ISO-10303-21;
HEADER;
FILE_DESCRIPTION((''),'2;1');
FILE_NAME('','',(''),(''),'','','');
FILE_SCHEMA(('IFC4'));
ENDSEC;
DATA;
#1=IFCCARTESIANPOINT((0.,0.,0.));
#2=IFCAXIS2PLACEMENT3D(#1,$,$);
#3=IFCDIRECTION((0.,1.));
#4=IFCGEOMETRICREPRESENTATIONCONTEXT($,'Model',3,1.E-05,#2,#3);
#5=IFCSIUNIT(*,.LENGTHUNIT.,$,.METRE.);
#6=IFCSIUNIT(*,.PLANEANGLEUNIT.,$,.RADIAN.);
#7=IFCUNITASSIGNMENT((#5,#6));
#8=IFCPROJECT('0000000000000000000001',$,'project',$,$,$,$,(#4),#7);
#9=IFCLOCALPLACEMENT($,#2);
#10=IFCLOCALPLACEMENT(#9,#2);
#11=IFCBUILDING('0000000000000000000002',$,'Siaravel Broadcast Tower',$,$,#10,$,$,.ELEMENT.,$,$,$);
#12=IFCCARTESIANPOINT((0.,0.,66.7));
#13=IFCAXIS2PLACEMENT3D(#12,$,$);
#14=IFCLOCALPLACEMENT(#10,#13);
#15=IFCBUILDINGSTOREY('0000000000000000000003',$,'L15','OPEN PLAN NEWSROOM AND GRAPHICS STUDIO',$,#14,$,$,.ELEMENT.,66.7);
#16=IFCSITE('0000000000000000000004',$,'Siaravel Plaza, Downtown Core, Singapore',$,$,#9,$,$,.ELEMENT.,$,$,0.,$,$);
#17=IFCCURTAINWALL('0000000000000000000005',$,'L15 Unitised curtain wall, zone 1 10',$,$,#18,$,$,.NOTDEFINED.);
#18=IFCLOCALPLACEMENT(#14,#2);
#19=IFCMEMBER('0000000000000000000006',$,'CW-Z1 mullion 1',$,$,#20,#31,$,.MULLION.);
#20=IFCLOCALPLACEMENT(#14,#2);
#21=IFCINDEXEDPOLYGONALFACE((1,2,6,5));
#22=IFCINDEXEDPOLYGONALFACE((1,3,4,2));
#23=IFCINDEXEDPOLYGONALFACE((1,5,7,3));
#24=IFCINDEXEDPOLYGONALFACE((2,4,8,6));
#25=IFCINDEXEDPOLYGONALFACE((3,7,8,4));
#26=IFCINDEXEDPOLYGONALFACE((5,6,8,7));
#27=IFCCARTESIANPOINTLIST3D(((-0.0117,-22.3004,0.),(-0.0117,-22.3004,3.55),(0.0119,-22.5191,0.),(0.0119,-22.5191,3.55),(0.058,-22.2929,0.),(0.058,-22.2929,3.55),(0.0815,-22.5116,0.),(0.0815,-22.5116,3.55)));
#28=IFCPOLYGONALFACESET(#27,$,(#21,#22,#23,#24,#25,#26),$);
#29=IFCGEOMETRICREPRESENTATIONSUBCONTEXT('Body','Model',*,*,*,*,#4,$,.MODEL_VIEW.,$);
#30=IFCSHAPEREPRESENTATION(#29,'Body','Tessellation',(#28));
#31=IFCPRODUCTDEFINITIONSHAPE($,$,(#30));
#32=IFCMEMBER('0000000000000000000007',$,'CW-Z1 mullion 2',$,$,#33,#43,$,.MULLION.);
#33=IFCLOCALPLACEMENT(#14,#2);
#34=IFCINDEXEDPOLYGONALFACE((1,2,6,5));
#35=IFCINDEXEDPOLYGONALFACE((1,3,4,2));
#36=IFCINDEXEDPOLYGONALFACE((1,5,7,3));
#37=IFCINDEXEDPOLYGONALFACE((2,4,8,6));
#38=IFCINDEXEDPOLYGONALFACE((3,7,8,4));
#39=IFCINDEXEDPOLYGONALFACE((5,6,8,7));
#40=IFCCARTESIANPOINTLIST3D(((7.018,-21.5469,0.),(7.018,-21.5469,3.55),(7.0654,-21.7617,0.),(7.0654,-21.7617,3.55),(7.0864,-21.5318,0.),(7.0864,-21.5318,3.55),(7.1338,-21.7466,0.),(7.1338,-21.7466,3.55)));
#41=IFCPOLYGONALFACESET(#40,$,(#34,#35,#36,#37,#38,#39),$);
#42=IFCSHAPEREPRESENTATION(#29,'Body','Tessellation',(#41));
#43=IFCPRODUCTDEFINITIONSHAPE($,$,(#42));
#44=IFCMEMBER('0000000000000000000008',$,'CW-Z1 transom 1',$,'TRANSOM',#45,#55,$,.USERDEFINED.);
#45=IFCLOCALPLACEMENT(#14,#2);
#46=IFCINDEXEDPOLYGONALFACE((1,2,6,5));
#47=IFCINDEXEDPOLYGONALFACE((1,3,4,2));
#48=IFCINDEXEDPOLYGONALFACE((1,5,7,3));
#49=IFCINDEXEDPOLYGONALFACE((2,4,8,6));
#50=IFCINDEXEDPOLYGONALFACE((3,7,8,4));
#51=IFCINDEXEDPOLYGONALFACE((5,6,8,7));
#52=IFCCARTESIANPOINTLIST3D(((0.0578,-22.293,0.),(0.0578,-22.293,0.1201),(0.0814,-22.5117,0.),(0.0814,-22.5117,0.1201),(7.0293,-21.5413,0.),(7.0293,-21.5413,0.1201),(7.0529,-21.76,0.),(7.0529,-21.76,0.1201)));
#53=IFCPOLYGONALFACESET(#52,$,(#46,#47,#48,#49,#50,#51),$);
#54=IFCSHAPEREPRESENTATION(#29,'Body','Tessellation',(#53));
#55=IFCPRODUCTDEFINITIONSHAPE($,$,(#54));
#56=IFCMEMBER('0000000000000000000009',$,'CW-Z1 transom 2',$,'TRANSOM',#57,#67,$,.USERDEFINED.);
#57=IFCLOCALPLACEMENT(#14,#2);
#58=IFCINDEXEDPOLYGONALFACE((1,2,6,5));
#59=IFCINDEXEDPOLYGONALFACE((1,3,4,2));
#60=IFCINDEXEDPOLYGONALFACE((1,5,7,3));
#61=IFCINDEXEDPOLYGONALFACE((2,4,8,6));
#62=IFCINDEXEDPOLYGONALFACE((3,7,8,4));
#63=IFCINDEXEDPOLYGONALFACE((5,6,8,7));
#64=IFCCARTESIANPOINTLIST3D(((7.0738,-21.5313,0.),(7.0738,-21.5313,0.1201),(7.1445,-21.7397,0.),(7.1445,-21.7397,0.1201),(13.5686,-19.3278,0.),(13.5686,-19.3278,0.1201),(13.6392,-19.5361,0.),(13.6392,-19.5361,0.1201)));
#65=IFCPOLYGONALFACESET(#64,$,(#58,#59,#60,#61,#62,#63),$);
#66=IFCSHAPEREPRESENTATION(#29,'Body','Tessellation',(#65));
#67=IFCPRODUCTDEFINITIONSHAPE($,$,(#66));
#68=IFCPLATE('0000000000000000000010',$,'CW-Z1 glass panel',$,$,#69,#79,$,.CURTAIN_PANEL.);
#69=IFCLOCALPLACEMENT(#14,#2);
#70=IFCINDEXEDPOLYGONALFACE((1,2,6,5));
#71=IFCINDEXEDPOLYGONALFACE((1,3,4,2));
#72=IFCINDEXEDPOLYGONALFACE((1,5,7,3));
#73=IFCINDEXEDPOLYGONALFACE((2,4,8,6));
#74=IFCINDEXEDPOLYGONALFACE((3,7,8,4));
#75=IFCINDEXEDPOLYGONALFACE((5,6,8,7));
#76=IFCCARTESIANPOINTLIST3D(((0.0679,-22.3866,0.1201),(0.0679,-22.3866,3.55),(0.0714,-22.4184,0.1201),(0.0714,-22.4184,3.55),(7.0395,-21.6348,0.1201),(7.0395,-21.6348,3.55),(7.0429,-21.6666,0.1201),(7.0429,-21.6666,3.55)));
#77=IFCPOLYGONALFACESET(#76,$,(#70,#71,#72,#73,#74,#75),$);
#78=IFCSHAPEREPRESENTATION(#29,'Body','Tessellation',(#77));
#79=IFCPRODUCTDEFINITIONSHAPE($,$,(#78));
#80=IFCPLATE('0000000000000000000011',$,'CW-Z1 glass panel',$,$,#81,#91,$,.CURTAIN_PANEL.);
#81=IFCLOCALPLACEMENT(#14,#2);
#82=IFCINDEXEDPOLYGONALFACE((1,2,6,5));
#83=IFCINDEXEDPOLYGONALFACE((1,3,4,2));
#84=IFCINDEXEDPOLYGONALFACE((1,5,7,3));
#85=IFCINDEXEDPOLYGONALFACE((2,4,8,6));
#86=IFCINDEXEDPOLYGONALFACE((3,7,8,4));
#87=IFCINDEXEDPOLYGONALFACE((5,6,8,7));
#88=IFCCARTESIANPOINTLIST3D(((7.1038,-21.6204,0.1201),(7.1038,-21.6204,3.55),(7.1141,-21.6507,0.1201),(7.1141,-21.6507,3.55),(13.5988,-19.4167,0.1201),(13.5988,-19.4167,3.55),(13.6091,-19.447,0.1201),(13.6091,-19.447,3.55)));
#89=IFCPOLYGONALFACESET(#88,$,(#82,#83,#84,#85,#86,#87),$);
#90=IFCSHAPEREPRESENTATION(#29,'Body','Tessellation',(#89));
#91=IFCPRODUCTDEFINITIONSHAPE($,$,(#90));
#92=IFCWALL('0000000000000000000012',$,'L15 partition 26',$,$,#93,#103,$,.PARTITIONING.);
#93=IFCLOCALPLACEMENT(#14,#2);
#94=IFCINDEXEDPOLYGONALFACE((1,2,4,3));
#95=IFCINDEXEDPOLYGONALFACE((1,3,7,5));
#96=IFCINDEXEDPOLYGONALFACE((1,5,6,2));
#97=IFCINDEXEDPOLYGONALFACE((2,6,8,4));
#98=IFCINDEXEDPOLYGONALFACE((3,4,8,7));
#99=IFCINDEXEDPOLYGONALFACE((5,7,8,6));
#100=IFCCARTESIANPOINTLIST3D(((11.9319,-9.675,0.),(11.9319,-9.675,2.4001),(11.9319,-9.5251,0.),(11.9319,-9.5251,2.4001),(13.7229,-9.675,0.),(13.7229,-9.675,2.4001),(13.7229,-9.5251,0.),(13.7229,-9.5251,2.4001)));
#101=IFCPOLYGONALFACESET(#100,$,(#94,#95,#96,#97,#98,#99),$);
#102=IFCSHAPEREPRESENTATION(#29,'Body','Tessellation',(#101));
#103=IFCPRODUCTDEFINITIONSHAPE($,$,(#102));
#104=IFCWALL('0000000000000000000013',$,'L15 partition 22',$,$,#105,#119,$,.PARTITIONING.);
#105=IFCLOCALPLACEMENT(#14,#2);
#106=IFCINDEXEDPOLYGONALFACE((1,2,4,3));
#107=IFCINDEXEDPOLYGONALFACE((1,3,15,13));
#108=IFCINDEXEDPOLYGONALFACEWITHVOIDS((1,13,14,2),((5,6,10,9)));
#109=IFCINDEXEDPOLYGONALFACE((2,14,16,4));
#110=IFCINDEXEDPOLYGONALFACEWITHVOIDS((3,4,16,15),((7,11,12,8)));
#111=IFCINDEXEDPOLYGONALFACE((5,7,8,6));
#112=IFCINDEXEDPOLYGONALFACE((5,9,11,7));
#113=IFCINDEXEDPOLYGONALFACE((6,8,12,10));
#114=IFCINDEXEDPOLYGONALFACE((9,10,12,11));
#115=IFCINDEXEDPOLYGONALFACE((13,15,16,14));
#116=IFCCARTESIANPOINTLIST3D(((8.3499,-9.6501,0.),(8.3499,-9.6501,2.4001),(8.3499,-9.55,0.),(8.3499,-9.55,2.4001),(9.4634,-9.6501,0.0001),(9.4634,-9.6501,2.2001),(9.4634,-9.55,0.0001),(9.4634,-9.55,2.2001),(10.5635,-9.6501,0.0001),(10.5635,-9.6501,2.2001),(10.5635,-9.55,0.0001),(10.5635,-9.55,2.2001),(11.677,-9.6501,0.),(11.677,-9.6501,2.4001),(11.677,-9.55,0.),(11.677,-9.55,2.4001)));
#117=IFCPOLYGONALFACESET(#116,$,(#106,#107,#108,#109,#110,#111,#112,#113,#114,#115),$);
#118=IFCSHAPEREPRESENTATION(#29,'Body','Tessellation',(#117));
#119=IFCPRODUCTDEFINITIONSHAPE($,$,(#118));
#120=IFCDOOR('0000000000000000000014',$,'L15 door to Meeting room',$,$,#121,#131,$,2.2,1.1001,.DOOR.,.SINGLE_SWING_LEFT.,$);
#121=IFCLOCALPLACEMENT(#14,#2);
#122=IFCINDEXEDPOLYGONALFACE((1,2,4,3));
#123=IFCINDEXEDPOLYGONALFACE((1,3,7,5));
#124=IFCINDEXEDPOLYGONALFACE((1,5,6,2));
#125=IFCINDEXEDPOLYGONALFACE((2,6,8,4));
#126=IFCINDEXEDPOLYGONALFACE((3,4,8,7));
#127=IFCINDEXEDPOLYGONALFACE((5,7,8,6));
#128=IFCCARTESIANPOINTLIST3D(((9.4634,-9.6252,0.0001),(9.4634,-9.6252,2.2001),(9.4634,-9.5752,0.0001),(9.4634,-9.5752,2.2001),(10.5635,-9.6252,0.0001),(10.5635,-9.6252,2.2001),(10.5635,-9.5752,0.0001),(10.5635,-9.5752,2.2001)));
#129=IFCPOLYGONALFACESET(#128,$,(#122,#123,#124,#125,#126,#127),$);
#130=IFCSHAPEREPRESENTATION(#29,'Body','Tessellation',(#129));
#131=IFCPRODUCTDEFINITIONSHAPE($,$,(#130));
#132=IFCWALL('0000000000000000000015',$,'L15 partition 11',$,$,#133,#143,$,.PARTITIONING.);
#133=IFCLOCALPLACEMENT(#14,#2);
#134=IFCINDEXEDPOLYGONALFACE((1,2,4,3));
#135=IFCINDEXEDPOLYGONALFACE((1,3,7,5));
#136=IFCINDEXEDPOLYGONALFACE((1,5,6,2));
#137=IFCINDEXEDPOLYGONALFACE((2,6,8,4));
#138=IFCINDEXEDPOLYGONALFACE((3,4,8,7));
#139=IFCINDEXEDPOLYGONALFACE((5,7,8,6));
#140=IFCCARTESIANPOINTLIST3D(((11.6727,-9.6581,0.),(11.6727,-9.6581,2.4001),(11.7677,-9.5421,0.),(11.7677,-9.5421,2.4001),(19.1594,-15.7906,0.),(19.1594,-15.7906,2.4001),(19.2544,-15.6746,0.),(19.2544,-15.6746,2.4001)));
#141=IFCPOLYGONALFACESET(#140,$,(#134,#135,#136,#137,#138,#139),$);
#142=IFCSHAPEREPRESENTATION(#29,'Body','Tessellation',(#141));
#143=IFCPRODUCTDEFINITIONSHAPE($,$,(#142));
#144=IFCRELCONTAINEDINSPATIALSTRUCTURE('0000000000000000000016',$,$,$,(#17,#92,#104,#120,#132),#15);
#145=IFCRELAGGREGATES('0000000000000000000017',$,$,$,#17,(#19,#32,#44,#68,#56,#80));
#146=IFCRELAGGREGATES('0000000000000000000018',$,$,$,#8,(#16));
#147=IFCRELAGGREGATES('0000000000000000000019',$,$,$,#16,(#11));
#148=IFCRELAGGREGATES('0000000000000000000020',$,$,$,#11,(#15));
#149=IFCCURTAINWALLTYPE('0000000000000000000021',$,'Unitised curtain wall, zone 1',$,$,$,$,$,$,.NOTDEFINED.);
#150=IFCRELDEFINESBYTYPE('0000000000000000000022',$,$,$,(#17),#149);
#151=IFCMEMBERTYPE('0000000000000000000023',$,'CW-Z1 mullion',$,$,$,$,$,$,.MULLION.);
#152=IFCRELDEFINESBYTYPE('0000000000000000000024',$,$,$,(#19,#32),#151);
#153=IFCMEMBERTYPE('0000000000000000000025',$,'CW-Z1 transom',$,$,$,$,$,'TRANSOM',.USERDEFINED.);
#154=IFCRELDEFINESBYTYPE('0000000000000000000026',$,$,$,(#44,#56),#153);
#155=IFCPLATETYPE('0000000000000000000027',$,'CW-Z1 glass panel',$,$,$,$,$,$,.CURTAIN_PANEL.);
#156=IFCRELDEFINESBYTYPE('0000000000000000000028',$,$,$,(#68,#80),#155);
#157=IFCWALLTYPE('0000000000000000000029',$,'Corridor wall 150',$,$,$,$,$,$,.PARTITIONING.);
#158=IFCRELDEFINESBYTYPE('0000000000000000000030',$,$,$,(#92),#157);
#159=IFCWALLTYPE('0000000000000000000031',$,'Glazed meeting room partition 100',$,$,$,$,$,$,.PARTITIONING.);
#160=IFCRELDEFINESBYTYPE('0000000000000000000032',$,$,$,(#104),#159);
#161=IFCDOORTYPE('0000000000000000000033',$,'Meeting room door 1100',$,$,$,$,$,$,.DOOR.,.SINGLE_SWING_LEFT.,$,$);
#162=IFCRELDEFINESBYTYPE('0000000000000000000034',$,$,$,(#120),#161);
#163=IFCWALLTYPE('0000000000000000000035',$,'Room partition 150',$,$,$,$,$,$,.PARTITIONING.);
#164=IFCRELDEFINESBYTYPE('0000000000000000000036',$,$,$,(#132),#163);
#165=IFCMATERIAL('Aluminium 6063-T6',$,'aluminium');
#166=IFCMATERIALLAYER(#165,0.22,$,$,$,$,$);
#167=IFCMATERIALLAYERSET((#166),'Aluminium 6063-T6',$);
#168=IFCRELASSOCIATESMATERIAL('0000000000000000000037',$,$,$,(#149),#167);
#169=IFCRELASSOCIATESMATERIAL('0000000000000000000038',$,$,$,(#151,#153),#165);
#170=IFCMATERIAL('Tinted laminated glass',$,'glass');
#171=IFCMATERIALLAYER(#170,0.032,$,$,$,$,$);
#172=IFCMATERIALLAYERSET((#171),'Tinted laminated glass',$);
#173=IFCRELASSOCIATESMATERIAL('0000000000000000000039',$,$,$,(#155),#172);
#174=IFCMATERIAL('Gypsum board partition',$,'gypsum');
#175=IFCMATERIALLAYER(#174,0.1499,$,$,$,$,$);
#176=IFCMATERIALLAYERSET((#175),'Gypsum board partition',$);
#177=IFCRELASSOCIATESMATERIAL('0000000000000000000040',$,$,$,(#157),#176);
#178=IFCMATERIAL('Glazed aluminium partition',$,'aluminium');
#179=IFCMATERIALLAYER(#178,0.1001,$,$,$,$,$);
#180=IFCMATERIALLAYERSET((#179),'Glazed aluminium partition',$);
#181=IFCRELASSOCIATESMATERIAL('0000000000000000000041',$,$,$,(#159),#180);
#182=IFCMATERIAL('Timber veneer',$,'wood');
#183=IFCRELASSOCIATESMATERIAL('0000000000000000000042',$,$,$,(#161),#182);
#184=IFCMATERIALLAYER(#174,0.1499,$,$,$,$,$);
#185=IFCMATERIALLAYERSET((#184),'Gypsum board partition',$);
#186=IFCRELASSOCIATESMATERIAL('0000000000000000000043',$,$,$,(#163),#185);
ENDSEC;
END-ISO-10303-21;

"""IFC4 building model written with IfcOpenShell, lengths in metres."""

from ifc_helpers import new_model, si_unit, direction, frame, frame_2d, origin, origin_2d, place, context, subcontext, project, spatial, rectangle, extrude, material, layer, layer_set, material_profile, profile_set, type_object, element, fill, aggregate, save


model = new_model("IFC4")

# Units and contexts
model_context = context("Model", 3, precision=1e-05, world=origin(), true_north=direction((0.0, 1.0)))
body_context = subcontext(model_context, "Body", "Model", "MODEL_VIEW")
ifc_project = project(units=[si_unit("LENGTHUNIT", "METRE"), si_unit("PLANEANGLEUNIT", "RADIAN")], contexts=[model_context])

# Site, building, storey
site_placement = place(None, origin())
site = spatial("IfcSite", under=ifc_project, at=site_placement, Name="Siaravel Plaza, Downtown Core, Singapore", CompositionType="ELEMENT", RefElevation=0.0)
building_placement = place(site_placement, origin())
building = spatial("IfcBuilding", under=site, at=building_placement, Name="Siaravel Broadcast Tower", CompositionType="ELEMENT")
storey_placement = place(building_placement, frame((0.0, 0.0, 66.7)))
storey = spatial("IfcBuildingStorey", under=building, at=storey_placement, Name="L15", Description="OPEN PLAN NEWSROOM AND GRAPHICS STUDIO", CompositionType="ELEMENT", Elevation=66.7)

# Curtain wall, members, plates
ifc_material_1 = material(Name="Aluminium 6063-T6", Category="aluminium")
ifc_layer_1 = layer(ifc_material_1, 0.22)
ifc_layer_set_1 = layer_set([ifc_layer_1], Name="Aluminium 6063-T6")
curtain_wall_type = type_object("IfcCurtainWallType", Name="Unitised curtain wall, zone 1", PredefinedType="NOTDEFINED", material=ifc_layer_set_1)
curtain_wall_placement = place(storey_placement, origin())
curtain_wall = element("IfcCurtainWall", 1, at=curtain_wall_placement, inside=storey, type_object=curtain_wall_type, Name="L15 Unitised curtain wall, zone 1 10", PredefinedType="NOTDEFINED")
ifc_material_profile_1 = material_profile(ifc_material_1, rectangle(XDim=0.22, YDim=0.0701, at=origin_2d()))
ifc_profile_set_1 = profile_set([ifc_material_profile_1], Name="Aluminium 6063-T6")
member_type_1 = type_object("IfcMemberType", Name="CW-Z1 mullion", PredefinedType="MULLION", material=ifc_profile_set_1)
member_1_placement = place(storey_placement, frame((0.0349, -22.406, 0.0), z_axis=(0.0, 0.0, 1.0), x_axis=(-0.107217, 0.994236, 0.0)))
member_1 = element("IfcMember", 2, at=member_1_placement, type_object=member_type_1, Name="CW-Z1 mullion 1", PredefinedType="MULLION", context=body_context, shape_type="SweptSolid", body=[
    extrude(rectangle(XDim=0.22, YDim=0.0701, at=origin_2d()), origin(), (0.0, 0.0, 1.0), 3.55),
])
member_2_placement = place(storey_placement, frame((7.0759, -21.6467, 0.0), z_axis=(0.0, 0.0, 1.0), x_axis=(-0.215557, 0.976491, 0.0)))
member_2 = element("IfcMember", 3, at=member_2_placement, type_object=member_type_1, Name="CW-Z1 mullion 2", PredefinedType="MULLION", context=body_context, shape_type="SweptSolid", body=[
    extrude(rectangle(XDim=0.22, YDim=0.0701, at=origin_2d()), origin(), (0.0, 0.0, 1.0), 3.55),
])
ifc_material_profile_2 = material_profile(ifc_material_1, rectangle(XDim=0.22, YDim=0.1201, at=origin_2d()))
ifc_profile_set_2 = profile_set([ifc_material_profile_2], Name="Aluminium 6063-T6")
member_type_2 = type_object("IfcMemberType", Name="CW-Z1 transom", ElementType="TRANSOM", PredefinedType="USERDEFINED", material=ifc_profile_set_2)
member_3_placement = place(storey_placement, frame((0.0696, -22.4023, 0.0601), z_axis=(0.994237, 0.107206, 0.0), x_axis=(-0.107206, 0.994237, 0.0)))
member_3 = element("IfcMember", 4, at=member_3_placement, type_object=member_type_2, Name="CW-Z1 transom 1", ObjectType="TRANSOM", PredefinedType="USERDEFINED", context=body_context, shape_type="SweptSolid", body=[
    extrude(rectangle(XDim=0.22, YDim=0.1201, at=origin_2d()), origin(), (0.0, 0.0, 1.0), 7.012),
])
member_4_placement = place(storey_placement, frame((7.1091, -21.6355, 0.0601), z_axis=(0.946979, 0.321296, 0.0), x_axis=(-0.321296, 0.946979, 0.0)))
member_4 = element("IfcMember", 5, at=member_4_placement, type_object=member_type_2, Name="CW-Z1 transom 2", ObjectType="TRANSOM", PredefinedType="USERDEFINED", context=body_context, shape_type="SweptSolid", body=[
    extrude(rectangle(XDim=0.22, YDim=0.1201, at=origin_2d()), origin(), (0.0, 0.0, 1.0), 6.8584),
])
ifc_material_2 = material(Name="Tinted laminated glass", Category="glass")
ifc_layer_2 = layer(ifc_material_2, 0.032)
ifc_layer_set_2 = layer_set([ifc_layer_2], Name="Tinted laminated glass")
plate_type = type_object("IfcPlateType", Name="CW-Z1 glass panel", PredefinedType="CURTAIN_PANEL", material=ifc_layer_set_2)
plate_1_placement = place(storey_placement, frame((3.5554, -22.0266, 0.1201), z_axis=(0.0, 0.0, 1.0), x_axis=(0.994236, 0.107217, 0.0)))
plate_1 = element("IfcPlate", 6, at=plate_1_placement, type_object=plate_type, Name="CW-Z1 glass panel", PredefinedType="CURTAIN_PANEL", context=body_context, shape_type="SweptSolid", body=[
    extrude(rectangle(XDim=7.012, YDim=0.032, at=origin_2d()), origin(), (0.0, 0.0, 1.0), 3.4299),
])
plate_2_placement = place(storey_placement, frame((10.3564, -20.5337, 0.1201), z_axis=(0.0, 0.0, 1.0), x_axis=(0.946978, 0.3213, 0.0)))
plate_2 = element("IfcPlate", 7, at=plate_2_placement, type_object=plate_type, Name="CW-Z1 glass panel", PredefinedType="CURTAIN_PANEL", context=body_context, shape_type="SweptSolid", body=[
    extrude(rectangle(XDim=6.8586, YDim=0.032, at=origin_2d()), origin(), (0.0, 0.0, 1.0), 3.4299),
])
aggregate(curtain_wall, [member_1, member_2, member_3, plate_1, member_4, plate_2])

# Wall
ifc_material_3 = material(Name="Gypsum board partition", Category="gypsum")
ifc_layer_3 = layer(ifc_material_3, 0.1499)
ifc_layer_set_3 = layer_set([ifc_layer_3], Name="Gypsum board partition")
wall_type_1 = type_object("IfcWallType", Name="Corridor wall 150", PredefinedType="PARTITIONING", material=ifc_layer_set_3)
wall_1_placement = place(storey_placement, frame((11.9319, -9.6001, 0.0), z_axis=(0.0, 0.0, 1.0), x_axis=(1.0, 0.0, 0.0)))
element("IfcWall", 8, at=wall_1_placement, inside=storey, type_object=wall_type_1, Name="L15 partition 26", PredefinedType="PARTITIONING", context=body_context, shape_type="SweptSolid", body=[
    extrude(rectangle(XDim=1.791, YDim=0.1499, at=frame_2d((0.8955, 0.0))), origin(), (0.0, 0.0, 1.0), 2.4001),
])

# Wall, opening, door
ifc_material_4 = material(Name="Glazed aluminium partition", Category="aluminium")
ifc_layer_4 = layer(ifc_material_4, 0.1001)
ifc_layer_set_4 = layer_set([ifc_layer_4], Name="Glazed aluminium partition")
wall_type_2 = type_object("IfcWallType", Name="Glazed meeting room partition 100", PredefinedType="PARTITIONING", material=ifc_layer_set_4)
wall_2_placement = place(storey_placement, frame((8.3499, -9.6001, 0.0), z_axis=(0.0, 0.0, 1.0), x_axis=(1.0, 0.0, 0.0)))
wall_2 = element("IfcWall", 9, at=wall_2_placement, inside=storey, type_object=wall_type_2, Name="L15 partition 22", PredefinedType="PARTITIONING", context=body_context, shape_type="SweptSolid", body=[
    extrude(rectangle(XDim=3.3271, YDim=0.1001, at=frame_2d((1.6636, 0.0))), origin(), (0.0, 0.0, 1.0), 2.4001),
])
opening_placement = place(wall_2_placement, frame((1.1135, 0.0, 0.0)))
opening = element("IfcOpeningElement", 10, at=opening_placement, cuts=wall_2, PredefinedType="OPENING", context=body_context, shape_type="SweptSolid", body=[
    extrude(rectangle(XDim=1.1001, YDim=2.2, at=frame_2d((0.55, 1.1001))), frame((0.0, 0.0601, 0.0), z_axis=(0.0, -1.0, 0.0), x_axis=(1.0, 0.0, 0.0)), (0.0, 0.0, 1.0), 0.1201),
])
ifc_material_5 = material(Name="Timber veneer", Category="wood")
door_type = type_object("IfcDoorType", Name="Meeting room door 1100", OperationType="SINGLE_SWING_LEFT", PredefinedType="DOOR", material=ifc_material_5)
door_placement = place(opening_placement, origin())
door = element("IfcDoor", 11, at=door_placement, inside=storey, type_object=door_type, Name="L15 door to Meeting room", OperationType="SINGLE_SWING_LEFT", OverallHeight=2.2, OverallWidth=1.1001, PredefinedType="DOOR", context=body_context, shape_type="SweptSolid", body=[
    extrude(rectangle(XDim=1.1001, YDim=2.2, at=frame_2d((0.55, 1.1001))), frame((0.0, 0.0249, 0.0), z_axis=(0.0, -1.0, 0.0), x_axis=(1.0, 0.0, 0.0)), (0.0, 0.0, 1.0), 0.05),
])
fill(opening, door)

# Wall
ifc_layer_5 = layer(ifc_material_3, 0.1499)
ifc_layer_set_5 = layer_set([ifc_layer_5], Name="Gypsum board partition")
wall_type_3 = type_object("IfcWallType", Name="Room partition 150", PredefinedType="PARTITIONING", material=ifc_layer_set_5)
wall_3_placement = place(storey_placement, frame((11.7202, -9.6001, 0.0), z_axis=(0.0, 0.0, 1.0), x_axis=(0.773603, -0.63367, 0.0)))
element("IfcWall", 12, at=wall_3_placement, inside=storey, type_object=wall_type_3, Name="L15 partition 11", PredefinedType="PARTITIONING", context=body_context, shape_type="SweptSolid", body=[
    extrude(rectangle(XDim=9.6777, YDim=0.1499, at=frame_2d((4.8389, 0.0))), origin(), (0.0, 0.0, 1.0), 2.4001),
])

save(model, "model.ifc")
